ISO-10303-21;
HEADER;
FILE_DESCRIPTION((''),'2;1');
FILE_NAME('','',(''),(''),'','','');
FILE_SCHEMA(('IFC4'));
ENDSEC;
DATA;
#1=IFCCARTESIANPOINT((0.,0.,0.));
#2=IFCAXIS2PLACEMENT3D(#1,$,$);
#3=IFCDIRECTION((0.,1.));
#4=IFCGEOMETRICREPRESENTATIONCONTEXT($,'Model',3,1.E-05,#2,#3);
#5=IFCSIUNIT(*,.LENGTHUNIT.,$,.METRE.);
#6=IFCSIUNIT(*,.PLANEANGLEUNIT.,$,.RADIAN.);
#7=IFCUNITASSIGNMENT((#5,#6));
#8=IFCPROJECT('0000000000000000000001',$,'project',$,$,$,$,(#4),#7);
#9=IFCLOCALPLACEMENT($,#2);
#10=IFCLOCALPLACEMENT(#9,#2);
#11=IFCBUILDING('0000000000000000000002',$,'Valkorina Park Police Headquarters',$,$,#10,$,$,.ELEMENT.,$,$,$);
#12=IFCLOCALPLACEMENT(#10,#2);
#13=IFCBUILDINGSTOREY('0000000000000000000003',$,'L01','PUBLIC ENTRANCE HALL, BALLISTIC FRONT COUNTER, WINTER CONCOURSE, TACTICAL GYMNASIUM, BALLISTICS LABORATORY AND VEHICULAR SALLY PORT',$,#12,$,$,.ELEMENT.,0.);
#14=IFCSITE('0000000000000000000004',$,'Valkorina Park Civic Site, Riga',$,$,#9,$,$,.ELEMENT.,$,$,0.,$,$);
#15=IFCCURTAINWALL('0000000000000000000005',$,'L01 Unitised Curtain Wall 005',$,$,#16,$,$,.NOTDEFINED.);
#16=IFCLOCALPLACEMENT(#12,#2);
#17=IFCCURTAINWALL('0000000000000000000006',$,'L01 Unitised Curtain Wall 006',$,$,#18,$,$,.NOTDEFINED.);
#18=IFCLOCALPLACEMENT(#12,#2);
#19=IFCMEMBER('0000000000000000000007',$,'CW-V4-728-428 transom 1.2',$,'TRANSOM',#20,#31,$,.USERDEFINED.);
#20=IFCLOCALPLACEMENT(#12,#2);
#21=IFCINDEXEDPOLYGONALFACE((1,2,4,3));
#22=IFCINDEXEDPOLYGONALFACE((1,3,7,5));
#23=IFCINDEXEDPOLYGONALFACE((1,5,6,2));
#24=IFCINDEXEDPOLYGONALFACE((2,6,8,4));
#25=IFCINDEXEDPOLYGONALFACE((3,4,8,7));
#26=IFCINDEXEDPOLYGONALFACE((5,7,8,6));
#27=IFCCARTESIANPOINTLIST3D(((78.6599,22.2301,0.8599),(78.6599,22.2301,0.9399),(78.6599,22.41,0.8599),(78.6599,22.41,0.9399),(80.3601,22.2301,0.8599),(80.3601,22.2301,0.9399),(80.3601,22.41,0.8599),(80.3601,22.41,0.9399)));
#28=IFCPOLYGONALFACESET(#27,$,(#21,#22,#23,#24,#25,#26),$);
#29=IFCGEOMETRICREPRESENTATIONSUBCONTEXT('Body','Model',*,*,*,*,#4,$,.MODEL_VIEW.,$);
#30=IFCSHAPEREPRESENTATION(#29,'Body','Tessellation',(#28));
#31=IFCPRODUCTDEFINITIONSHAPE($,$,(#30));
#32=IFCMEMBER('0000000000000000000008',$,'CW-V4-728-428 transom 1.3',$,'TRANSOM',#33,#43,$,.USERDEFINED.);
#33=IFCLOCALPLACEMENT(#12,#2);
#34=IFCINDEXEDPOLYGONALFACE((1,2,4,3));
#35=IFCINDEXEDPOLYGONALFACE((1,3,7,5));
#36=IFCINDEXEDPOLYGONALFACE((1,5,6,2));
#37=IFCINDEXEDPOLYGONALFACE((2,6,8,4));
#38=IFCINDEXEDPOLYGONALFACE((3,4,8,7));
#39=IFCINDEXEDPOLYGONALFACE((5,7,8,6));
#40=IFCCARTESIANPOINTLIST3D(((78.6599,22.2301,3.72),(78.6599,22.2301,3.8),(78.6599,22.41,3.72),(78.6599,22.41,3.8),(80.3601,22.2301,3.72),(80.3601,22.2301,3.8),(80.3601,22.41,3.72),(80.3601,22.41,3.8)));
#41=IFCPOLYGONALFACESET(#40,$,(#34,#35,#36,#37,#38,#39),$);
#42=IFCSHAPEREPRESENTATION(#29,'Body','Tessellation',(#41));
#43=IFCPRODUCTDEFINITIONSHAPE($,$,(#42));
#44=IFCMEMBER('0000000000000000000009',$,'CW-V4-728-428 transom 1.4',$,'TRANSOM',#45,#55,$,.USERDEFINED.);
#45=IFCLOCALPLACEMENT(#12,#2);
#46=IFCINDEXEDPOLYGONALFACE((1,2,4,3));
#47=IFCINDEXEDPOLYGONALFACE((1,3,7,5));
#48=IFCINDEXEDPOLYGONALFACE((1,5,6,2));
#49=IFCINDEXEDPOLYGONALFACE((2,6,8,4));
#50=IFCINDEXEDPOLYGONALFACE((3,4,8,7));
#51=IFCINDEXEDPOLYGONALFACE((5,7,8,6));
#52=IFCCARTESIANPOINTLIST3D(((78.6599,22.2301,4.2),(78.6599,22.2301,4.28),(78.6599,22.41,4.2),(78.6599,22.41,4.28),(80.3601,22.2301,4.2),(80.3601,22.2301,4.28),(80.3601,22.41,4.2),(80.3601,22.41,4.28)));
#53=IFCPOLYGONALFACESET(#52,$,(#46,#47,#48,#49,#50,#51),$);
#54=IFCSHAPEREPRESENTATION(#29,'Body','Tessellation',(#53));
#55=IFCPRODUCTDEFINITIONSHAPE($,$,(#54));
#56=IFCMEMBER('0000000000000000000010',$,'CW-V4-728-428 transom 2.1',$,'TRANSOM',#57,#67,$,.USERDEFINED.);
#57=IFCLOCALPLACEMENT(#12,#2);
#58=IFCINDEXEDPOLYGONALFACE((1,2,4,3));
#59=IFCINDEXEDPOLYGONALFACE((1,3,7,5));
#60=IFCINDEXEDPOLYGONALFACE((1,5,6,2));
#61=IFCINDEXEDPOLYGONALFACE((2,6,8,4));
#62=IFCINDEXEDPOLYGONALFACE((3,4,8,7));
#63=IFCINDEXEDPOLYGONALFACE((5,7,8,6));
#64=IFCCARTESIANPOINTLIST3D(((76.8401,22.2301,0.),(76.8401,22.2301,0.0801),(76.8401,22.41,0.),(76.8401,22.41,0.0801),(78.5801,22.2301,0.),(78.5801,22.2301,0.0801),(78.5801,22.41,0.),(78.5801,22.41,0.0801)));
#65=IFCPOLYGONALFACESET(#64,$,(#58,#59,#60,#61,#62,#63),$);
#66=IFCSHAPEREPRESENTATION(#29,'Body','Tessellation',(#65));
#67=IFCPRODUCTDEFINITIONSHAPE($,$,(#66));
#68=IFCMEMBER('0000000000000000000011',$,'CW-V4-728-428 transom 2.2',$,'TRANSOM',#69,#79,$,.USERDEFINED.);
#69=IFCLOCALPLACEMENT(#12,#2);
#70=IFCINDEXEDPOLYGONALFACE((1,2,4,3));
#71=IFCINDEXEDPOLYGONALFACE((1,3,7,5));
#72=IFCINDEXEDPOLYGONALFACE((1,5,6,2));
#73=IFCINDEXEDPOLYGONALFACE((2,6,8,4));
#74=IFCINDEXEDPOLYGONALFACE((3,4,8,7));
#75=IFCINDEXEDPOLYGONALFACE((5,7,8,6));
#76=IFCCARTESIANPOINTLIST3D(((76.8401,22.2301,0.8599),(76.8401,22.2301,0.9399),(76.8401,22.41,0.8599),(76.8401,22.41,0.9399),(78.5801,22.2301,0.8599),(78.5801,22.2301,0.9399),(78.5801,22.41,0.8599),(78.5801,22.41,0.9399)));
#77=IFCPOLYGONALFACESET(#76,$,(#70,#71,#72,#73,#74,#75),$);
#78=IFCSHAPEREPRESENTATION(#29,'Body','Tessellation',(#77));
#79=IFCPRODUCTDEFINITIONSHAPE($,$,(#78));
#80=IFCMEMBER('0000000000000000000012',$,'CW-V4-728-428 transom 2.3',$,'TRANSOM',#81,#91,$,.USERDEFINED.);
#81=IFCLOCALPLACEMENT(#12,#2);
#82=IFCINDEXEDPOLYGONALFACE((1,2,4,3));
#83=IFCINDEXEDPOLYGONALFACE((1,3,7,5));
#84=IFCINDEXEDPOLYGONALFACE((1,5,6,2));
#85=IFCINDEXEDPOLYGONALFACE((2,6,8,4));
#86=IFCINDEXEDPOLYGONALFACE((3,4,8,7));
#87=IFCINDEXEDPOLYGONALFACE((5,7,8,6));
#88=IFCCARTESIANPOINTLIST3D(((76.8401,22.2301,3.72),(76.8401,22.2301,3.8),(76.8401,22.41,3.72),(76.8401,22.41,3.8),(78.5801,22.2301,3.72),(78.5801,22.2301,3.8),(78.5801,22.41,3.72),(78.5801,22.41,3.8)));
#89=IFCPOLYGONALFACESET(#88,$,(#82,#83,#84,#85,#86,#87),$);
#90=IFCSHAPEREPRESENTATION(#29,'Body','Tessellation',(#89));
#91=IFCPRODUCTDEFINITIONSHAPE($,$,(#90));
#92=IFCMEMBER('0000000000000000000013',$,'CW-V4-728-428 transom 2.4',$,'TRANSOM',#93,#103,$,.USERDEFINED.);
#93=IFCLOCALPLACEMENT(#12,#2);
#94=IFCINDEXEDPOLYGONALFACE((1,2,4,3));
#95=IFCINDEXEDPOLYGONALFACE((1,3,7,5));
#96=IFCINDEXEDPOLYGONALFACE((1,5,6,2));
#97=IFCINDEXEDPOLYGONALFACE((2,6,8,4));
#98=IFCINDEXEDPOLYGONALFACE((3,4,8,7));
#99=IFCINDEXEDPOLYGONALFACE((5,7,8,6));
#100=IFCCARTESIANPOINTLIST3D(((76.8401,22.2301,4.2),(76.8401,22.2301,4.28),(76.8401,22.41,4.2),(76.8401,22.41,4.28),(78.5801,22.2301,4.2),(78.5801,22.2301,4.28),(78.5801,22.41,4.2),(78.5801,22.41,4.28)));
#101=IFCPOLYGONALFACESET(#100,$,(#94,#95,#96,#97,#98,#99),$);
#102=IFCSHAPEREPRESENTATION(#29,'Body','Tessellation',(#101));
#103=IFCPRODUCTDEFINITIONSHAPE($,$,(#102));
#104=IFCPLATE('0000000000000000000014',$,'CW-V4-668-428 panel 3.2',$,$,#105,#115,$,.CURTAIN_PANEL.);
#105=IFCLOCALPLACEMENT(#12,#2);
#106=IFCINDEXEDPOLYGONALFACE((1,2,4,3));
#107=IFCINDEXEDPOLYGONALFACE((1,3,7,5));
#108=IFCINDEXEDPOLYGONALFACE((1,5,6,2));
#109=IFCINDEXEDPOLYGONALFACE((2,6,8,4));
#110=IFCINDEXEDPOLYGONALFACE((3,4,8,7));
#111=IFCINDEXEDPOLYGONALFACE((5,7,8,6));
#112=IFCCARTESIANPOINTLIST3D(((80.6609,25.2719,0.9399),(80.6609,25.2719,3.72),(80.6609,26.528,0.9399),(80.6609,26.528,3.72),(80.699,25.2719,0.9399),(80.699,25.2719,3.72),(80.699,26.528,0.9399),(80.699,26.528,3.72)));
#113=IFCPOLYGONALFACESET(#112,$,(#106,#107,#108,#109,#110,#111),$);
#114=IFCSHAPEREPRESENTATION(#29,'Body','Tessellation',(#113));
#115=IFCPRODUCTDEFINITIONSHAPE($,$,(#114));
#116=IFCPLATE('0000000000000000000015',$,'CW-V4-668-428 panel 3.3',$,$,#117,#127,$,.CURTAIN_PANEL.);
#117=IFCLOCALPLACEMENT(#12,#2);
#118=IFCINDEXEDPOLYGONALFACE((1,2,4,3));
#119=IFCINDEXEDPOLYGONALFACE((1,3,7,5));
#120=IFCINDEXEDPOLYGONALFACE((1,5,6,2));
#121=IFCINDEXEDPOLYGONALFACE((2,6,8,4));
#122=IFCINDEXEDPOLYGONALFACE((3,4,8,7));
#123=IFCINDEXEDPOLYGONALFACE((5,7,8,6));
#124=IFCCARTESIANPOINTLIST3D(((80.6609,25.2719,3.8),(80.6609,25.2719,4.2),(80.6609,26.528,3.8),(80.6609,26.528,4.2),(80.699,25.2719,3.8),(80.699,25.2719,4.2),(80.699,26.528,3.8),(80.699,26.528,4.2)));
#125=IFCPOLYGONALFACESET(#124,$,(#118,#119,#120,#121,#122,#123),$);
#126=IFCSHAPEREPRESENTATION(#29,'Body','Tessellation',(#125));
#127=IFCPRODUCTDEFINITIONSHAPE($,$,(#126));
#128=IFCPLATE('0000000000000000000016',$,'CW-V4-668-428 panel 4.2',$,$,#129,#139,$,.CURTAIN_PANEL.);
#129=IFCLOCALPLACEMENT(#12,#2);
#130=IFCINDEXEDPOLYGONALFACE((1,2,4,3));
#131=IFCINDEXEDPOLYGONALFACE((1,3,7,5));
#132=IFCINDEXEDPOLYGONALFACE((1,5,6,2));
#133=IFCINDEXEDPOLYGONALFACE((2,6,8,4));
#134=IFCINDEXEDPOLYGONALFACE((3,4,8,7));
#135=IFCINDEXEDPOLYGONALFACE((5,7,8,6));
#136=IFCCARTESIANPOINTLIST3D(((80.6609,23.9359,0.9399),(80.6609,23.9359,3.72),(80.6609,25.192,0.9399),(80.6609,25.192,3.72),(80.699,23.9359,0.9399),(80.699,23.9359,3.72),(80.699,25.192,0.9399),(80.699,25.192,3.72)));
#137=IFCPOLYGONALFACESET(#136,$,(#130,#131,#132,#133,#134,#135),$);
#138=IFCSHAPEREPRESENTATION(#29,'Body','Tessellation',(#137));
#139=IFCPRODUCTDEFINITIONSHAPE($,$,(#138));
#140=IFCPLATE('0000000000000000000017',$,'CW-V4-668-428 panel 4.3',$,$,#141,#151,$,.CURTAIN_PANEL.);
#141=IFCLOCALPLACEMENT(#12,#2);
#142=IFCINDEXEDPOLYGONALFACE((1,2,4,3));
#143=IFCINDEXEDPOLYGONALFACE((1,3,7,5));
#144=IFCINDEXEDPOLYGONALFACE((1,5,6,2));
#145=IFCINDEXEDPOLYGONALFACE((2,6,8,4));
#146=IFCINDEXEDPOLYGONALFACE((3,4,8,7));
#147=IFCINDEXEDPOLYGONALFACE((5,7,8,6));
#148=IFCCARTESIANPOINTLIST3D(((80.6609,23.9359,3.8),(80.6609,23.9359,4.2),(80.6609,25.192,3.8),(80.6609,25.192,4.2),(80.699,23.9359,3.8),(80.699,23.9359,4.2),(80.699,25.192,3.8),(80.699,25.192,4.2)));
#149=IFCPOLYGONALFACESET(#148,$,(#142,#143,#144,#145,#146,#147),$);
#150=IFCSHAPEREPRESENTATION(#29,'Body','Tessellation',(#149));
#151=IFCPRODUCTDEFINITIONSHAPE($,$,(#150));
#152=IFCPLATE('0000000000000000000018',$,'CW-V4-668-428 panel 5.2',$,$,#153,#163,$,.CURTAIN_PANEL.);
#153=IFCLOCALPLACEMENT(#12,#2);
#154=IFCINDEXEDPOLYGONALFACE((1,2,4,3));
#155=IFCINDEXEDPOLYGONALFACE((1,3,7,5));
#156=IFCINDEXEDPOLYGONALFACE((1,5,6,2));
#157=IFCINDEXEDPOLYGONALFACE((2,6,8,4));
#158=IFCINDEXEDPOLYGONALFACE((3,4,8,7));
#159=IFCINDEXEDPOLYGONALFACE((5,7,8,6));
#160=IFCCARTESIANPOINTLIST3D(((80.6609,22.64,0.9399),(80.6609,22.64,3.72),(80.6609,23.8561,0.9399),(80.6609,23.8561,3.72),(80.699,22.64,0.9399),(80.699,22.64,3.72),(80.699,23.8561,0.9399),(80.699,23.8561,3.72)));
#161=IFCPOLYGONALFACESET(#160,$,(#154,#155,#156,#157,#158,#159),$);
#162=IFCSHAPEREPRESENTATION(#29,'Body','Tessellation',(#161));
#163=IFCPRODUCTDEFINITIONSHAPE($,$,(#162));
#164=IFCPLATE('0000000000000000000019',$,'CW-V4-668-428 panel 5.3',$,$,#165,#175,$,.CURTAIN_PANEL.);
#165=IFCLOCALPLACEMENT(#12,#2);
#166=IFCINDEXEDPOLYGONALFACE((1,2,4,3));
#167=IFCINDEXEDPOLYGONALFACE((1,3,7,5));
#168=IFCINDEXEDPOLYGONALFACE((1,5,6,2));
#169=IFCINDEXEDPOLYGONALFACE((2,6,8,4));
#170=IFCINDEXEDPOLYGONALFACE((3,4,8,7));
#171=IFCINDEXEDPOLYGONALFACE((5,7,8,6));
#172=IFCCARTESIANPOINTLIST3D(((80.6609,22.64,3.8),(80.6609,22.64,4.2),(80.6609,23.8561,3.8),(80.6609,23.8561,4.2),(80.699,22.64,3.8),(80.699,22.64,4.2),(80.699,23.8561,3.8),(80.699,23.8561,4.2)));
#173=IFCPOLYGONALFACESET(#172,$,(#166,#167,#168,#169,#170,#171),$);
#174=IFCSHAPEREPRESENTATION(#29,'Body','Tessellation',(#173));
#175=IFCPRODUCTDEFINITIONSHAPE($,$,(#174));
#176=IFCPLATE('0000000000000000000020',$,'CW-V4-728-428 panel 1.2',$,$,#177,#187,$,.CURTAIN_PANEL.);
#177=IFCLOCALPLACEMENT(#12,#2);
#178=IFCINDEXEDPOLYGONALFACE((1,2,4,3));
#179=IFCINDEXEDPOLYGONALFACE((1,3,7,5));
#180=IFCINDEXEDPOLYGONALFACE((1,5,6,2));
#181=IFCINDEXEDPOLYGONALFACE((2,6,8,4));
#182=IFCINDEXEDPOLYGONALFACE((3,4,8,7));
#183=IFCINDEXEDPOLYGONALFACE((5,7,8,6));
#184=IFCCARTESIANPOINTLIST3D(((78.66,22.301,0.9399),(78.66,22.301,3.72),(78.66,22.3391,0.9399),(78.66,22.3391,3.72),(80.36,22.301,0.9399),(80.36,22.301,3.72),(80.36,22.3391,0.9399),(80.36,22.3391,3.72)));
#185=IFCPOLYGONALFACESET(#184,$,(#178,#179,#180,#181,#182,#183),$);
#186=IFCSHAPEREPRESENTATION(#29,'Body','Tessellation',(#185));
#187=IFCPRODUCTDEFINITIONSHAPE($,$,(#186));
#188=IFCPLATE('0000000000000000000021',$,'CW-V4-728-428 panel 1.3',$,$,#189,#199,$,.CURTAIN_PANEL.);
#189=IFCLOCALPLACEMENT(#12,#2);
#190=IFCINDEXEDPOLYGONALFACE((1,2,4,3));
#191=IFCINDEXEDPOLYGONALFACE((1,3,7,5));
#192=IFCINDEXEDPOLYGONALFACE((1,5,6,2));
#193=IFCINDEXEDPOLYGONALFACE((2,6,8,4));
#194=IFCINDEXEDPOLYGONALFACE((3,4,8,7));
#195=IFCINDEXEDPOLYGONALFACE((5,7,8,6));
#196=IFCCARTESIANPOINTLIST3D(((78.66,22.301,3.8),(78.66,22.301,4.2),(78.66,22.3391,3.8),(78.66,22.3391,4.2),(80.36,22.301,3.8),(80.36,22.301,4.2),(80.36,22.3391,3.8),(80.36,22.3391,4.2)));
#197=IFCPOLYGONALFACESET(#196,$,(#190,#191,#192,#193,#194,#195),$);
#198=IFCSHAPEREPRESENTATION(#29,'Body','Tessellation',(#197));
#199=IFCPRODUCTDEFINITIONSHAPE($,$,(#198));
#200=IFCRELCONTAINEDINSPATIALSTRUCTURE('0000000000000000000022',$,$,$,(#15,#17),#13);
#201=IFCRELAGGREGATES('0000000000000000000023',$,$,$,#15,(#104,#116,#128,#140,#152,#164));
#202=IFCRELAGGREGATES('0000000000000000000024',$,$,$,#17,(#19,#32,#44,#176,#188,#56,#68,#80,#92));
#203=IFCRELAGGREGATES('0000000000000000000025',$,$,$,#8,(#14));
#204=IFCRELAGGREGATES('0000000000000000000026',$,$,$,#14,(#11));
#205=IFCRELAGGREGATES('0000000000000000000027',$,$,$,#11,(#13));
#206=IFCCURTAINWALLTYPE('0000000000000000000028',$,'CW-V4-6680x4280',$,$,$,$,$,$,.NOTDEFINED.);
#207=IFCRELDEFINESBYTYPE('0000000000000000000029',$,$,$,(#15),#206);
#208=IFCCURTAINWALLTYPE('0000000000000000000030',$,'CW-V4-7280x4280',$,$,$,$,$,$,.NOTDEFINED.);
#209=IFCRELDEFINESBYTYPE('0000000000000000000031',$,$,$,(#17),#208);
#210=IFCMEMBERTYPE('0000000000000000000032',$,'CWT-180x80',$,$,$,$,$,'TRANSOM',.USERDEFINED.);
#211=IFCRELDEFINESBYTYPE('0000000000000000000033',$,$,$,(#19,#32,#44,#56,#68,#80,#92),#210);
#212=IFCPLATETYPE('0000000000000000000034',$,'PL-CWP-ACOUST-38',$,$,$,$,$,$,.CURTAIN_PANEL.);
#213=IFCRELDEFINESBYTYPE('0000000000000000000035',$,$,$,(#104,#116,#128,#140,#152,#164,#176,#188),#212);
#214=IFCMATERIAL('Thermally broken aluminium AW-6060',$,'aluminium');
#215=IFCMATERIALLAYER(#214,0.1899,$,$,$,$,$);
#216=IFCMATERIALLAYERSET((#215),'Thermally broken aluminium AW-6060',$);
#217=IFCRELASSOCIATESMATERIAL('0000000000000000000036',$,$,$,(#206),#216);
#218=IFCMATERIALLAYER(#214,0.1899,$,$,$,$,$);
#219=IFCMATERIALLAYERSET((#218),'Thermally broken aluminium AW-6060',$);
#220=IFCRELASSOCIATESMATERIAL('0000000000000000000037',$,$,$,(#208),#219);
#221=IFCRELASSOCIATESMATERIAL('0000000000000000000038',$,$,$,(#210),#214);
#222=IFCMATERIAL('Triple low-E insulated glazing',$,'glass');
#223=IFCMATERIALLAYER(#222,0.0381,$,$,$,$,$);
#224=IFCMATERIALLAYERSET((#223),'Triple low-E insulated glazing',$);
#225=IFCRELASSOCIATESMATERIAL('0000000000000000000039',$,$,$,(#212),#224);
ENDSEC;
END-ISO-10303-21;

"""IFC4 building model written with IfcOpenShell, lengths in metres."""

from ifc_helpers import new_model, si_unit, direction, frame, origin, origin_2d, place, context, subcontext, project, spatial, rectangle, extrude, material, layer, layer_set, material_profile, profile_set, type_object, element, aggregate, save


model = new_model("IFC4")

# Units and contexts
model_context = context("Model", 3, precision=1e-05, world=origin(), true_north=direction((0.0, 1.0)))
body_context = subcontext(model_context, "Body", "Model", "MODEL_VIEW")
ifc_project = project(units=[si_unit("LENGTHUNIT", "METRE"), si_unit("PLANEANGLEUNIT", "RADIAN")], contexts=[model_context])

# Site, building, storey
site_placement = place(None, origin())
site = spatial("IfcSite", under=ifc_project, at=site_placement, Name="Valkorina Park Civic Site, Riga", CompositionType="ELEMENT", RefElevation=0.0)
building_placement = place(site_placement, origin())
building = spatial("IfcBuilding", under=site, at=building_placement, Name="Valkorina Park Police Headquarters", CompositionType="ELEMENT")
storey_placement = place(building_placement, origin())
storey = spatial("IfcBuildingStorey", under=building, at=storey_placement, Name="L01", Description="PUBLIC ENTRANCE HALL, BALLISTIC FRONT COUNTER, WINTER CONCOURSE, TACTICAL GYMNASIUM, BALLISTICS LABORATORY AND VEHICULAR SALLY PORT", CompositionType="ELEMENT", Elevation=0.0)

# Curtain walls
ifc_material_1 = material(Name="Thermally broken aluminium AW-6060", Category="aluminium")
ifc_layer_1 = layer(ifc_material_1, 0.1899)
ifc_layer_set_1 = layer_set([ifc_layer_1], Name="Thermally broken aluminium AW-6060")
curtain_wall_type_1 = type_object("IfcCurtainWallType", Name="CW-V4-6680x4280", PredefinedType="NOTDEFINED", material=ifc_layer_set_1)
curtain_wall_1_placement = place(storey_placement, origin())
curtain_wall_1 = element("IfcCurtainWall", 1, at=curtain_wall_1_placement, inside=storey, type_object=curtain_wall_type_1, Name="L01 Unitised Curtain Wall 005", PredefinedType="NOTDEFINED")
ifc_layer_2 = layer(ifc_material_1, 0.1899)
ifc_layer_set_2 = layer_set([ifc_layer_2], Name="Thermally broken aluminium AW-6060")
curtain_wall_type_2 = type_object("IfcCurtainWallType", Name="CW-V4-7280x4280", PredefinedType="NOTDEFINED", material=ifc_layer_set_2)
curtain_wall_2_placement = place(storey_placement, origin())
curtain_wall_2 = element("IfcCurtainWall", 2, at=curtain_wall_2_placement, inside=storey, type_object=curtain_wall_type_2, Name="L01 Unitised Curtain Wall 006", PredefinedType="NOTDEFINED")

# Members
ifc_material_profile_1 = material_profile(ifc_material_1, rectangle(XDim=0.1799, YDim=0.0801, at=origin_2d()), Name="CWT-03 180x80")
ifc_profile_set_1 = profile_set([ifc_material_profile_1], Name="Thermally broken aluminium AW-6060")
member_type_1 = type_object("IfcMemberType", Name="CWT-180x80", ElementType="TRANSOM", PredefinedType="USERDEFINED", material=ifc_profile_set_1)
member_1_placement = place(storey_placement, frame((80.3601, 22.3201, 0.8999), z_axis=(-1.0, 0.0, 0.0), x_axis=(0.0, -1.0, 0.0)))
member_1 = element("IfcMember", 3, at=member_1_placement, type_object=member_type_1, Name="CW-V4-728-428 transom 1.2", ObjectType="TRANSOM", PredefinedType="USERDEFINED", context=body_context, shape_type="SweptSolid", body=[
    extrude(rectangle(XDim=0.1799, YDim=0.0801, at=origin_2d()), origin(), (0.0, 0.0, 1.0), 1.7002),
])
member_2_placement = place(storey_placement, frame((80.3601, 22.3201, 3.76), z_axis=(-1.0, 0.0, 0.0), x_axis=(0.0, -1.0, 0.0)))
member_2 = element("IfcMember", 4, at=member_2_placement, type_object=member_type_1, Name="CW-V4-728-428 transom 1.3", ObjectType="TRANSOM", PredefinedType="USERDEFINED", context=body_context, shape_type="SweptSolid", body=[
    extrude(rectangle(XDim=0.1799, YDim=0.0801, at=origin_2d()), origin(), (0.0, 0.0, 1.0), 1.7002),
])
member_3_placement = place(storey_placement, frame((80.3601, 22.3201, 4.24), z_axis=(-1.0, 0.0, 0.0), x_axis=(0.0, -1.0, 0.0)))
member_3 = element("IfcMember", 5, at=member_3_placement, type_object=member_type_1, Name="CW-V4-728-428 transom 1.4", ObjectType="TRANSOM", PredefinedType="USERDEFINED", context=body_context, shape_type="SweptSolid", body=[
    extrude(rectangle(XDim=0.1799, YDim=0.0801, at=origin_2d()), origin(), (0.0, 0.0, 1.0), 1.7002),
])
member_4_placement = place(storey_placement, frame((78.5801, 22.3201, 0.04), z_axis=(-1.0, 0.0, 0.0), x_axis=(0.0, -1.0, 0.0)))
member_4 = element("IfcMember", 6, at=member_4_placement, type_object=member_type_1, Name="CW-V4-728-428 transom 2.1", ObjectType="TRANSOM", PredefinedType="USERDEFINED", context=body_context, shape_type="SweptSolid", body=[
    extrude(rectangle(XDim=0.1799, YDim=0.0801, at=origin_2d()), origin(), (0.0, 0.0, 1.0), 1.74),
])
member_5_placement = place(storey_placement, frame((78.5801, 22.3201, 0.8999), z_axis=(-1.0, 0.0, 0.0), x_axis=(0.0, -1.0, 0.0)))
member_5 = element("IfcMember", 7, at=member_5_placement, type_object=member_type_1, Name="CW-V4-728-428 transom 2.2", ObjectType="TRANSOM", PredefinedType="USERDEFINED", context=body_context, shape_type="SweptSolid", body=[
    extrude(rectangle(XDim=0.1799, YDim=0.0801, at=origin_2d()), origin(), (0.0, 0.0, 1.0), 1.74),
])
member_6_placement = place(storey_placement, frame((78.5801, 22.3201, 3.76), z_axis=(-1.0, 0.0, 0.0), x_axis=(0.0, -1.0, 0.0)))
member_6 = element("IfcMember", 8, at=member_6_placement, type_object=member_type_1, Name="CW-V4-728-428 transom 2.3", ObjectType="TRANSOM", PredefinedType="USERDEFINED", context=body_context, shape_type="SweptSolid", body=[
    extrude(rectangle(XDim=0.1799, YDim=0.0801, at=origin_2d()), origin(), (0.0, 0.0, 1.0), 1.74),
])
member_7_placement = place(storey_placement, frame((78.5801, 22.3201, 4.24), z_axis=(-1.0, 0.0, 0.0), x_axis=(0.0, -1.0, 0.0)))
member_7 = element("IfcMember", 9, at=member_7_placement, type_object=member_type_1, Name="CW-V4-728-428 transom 2.4", ObjectType="TRANSOM", PredefinedType="USERDEFINED", context=body_context, shape_type="SweptSolid", body=[
    extrude(rectangle(XDim=0.1799, YDim=0.0801, at=origin_2d()), origin(), (0.0, 0.0, 1.0), 1.74),
])

# Plates
ifc_material_2 = material(Name="Triple low-E insulated glazing", Category="glass")
ifc_layer_3 = layer(ifc_material_2, 0.0381)
ifc_layer_set_3 = layer_set([ifc_layer_3], Name="Triple low-E insulated glazing")
plate_type_1 = type_object("IfcPlateType", Name="PL-CWP-ACOUST-38", PredefinedType="CURTAIN_PANEL", material=ifc_layer_set_3)
plate_1_placement = place(storey_placement, frame((80.6799, 25.8999, 0.9399), z_axis=(0.0, 0.0, 1.0), x_axis=(0.0, -1.0, 0.0)))
plate_1 = element("IfcPlate", 10, at=plate_1_placement, type_object=plate_type_1, Name="CW-V4-668-428 panel 3.2", PredefinedType="CURTAIN_PANEL", context=body_context, shape_type="SweptSolid", body=[
    extrude(rectangle(XDim=1.2561, YDim=0.0381, at=origin_2d()), origin(), (0.0, 0.0, 1.0), 2.78),
])
plate_2_placement = place(storey_placement, frame((80.6799, 25.8999, 3.8), z_axis=(0.0, 0.0, 1.0), x_axis=(0.0, -1.0, 0.0)))
plate_2 = element("IfcPlate", 11, at=plate_2_placement, type_object=plate_type_1, Name="CW-V4-668-428 panel 3.3", PredefinedType="CURTAIN_PANEL", context=body_context, shape_type="SweptSolid", body=[
    extrude(rectangle(XDim=1.2561, YDim=0.0381, at=origin_2d()), origin(), (0.0, 0.0, 1.0), 0.3999),
])
plate_3_placement = place(storey_placement, frame((80.6799, 24.564, 0.9399), z_axis=(0.0, 0.0, 1.0), x_axis=(0.0, -1.0, 0.0)))
plate_3 = element("IfcPlate", 12, at=plate_3_placement, type_object=plate_type_1, Name="CW-V4-668-428 panel 4.2", PredefinedType="CURTAIN_PANEL", context=body_context, shape_type="SweptSolid", body=[
    extrude(rectangle(XDim=1.2561, YDim=0.0381, at=origin_2d()), origin(), (0.0, 0.0, 1.0), 2.78),
])
plate_4_placement = place(storey_placement, frame((80.6799, 24.564, 3.8), z_axis=(0.0, 0.0, 1.0), x_axis=(0.0, -1.0, 0.0)))
plate_4 = element("IfcPlate", 13, at=plate_4_placement, type_object=plate_type_1, Name="CW-V4-668-428 panel 4.3", PredefinedType="CURTAIN_PANEL", context=body_context, shape_type="SweptSolid", body=[
    extrude(rectangle(XDim=1.2561, YDim=0.0381, at=origin_2d()), origin(), (0.0, 0.0, 1.0), 0.3999),
])
plate_5_placement = place(storey_placement, frame((80.6799, 23.248, 0.9399), z_axis=(0.0, 0.0, 1.0), x_axis=(0.0, -1.0, 0.0)))
plate_5 = element("IfcPlate", 14, at=plate_5_placement, type_object=plate_type_1, Name="CW-V4-668-428 panel 5.2", PredefinedType="CURTAIN_PANEL", context=body_context, shape_type="SweptSolid", body=[
    extrude(rectangle(XDim=1.2161, YDim=0.0381, at=origin_2d()), origin(), (0.0, 0.0, 1.0), 2.78),
])
plate_6_placement = place(storey_placement, frame((80.6799, 23.248, 3.8), z_axis=(0.0, 0.0, 1.0), x_axis=(0.0, -1.0, 0.0)))
plate_6 = element("IfcPlate", 15, at=plate_6_placement, type_object=plate_type_1, Name="CW-V4-668-428 panel 5.3", PredefinedType="CURTAIN_PANEL", context=body_context, shape_type="SweptSolid", body=[
    extrude(rectangle(XDim=1.2161, YDim=0.0381, at=origin_2d()), origin(), (0.0, 0.0, 1.0), 0.3999),
])
plate_7_placement = place(storey_placement, frame((79.51, 22.3201, 0.9399), z_axis=(0.0, 0.0, 1.0), x_axis=(-1.0, 0.0, 0.0)))
plate_7 = element("IfcPlate", 16, at=plate_7_placement, type_object=plate_type_1, Name="CW-V4-728-428 panel 1.2", PredefinedType="CURTAIN_PANEL", context=body_context, shape_type="SweptSolid", body=[
    extrude(rectangle(XDim=1.7, YDim=0.0381, at=origin_2d()), origin(), (0.0, 0.0, 1.0), 2.78),
])
plate_8_placement = place(storey_placement, frame((79.51, 22.3201, 3.8), z_axis=(0.0, 0.0, 1.0), x_axis=(-1.0, 0.0, 0.0)))
plate_8 = element("IfcPlate", 17, at=plate_8_placement, type_object=plate_type_1, Name="CW-V4-728-428 panel 1.3", PredefinedType="CURTAIN_PANEL", context=body_context, shape_type="SweptSolid", body=[
    extrude(rectangle(XDim=1.7, YDim=0.0381, at=origin_2d()), origin(), (0.0, 0.0, 1.0), 0.3999),
])
aggregate(curtain_wall_1, [plate_1, plate_2, plate_3, plate_4, plate_5, plate_6])
aggregate(curtain_wall_2, [member_1, member_2, member_3, plate_7, plate_8, member_4, member_5, member_6, member_7])

save(model, "model.ifc")
